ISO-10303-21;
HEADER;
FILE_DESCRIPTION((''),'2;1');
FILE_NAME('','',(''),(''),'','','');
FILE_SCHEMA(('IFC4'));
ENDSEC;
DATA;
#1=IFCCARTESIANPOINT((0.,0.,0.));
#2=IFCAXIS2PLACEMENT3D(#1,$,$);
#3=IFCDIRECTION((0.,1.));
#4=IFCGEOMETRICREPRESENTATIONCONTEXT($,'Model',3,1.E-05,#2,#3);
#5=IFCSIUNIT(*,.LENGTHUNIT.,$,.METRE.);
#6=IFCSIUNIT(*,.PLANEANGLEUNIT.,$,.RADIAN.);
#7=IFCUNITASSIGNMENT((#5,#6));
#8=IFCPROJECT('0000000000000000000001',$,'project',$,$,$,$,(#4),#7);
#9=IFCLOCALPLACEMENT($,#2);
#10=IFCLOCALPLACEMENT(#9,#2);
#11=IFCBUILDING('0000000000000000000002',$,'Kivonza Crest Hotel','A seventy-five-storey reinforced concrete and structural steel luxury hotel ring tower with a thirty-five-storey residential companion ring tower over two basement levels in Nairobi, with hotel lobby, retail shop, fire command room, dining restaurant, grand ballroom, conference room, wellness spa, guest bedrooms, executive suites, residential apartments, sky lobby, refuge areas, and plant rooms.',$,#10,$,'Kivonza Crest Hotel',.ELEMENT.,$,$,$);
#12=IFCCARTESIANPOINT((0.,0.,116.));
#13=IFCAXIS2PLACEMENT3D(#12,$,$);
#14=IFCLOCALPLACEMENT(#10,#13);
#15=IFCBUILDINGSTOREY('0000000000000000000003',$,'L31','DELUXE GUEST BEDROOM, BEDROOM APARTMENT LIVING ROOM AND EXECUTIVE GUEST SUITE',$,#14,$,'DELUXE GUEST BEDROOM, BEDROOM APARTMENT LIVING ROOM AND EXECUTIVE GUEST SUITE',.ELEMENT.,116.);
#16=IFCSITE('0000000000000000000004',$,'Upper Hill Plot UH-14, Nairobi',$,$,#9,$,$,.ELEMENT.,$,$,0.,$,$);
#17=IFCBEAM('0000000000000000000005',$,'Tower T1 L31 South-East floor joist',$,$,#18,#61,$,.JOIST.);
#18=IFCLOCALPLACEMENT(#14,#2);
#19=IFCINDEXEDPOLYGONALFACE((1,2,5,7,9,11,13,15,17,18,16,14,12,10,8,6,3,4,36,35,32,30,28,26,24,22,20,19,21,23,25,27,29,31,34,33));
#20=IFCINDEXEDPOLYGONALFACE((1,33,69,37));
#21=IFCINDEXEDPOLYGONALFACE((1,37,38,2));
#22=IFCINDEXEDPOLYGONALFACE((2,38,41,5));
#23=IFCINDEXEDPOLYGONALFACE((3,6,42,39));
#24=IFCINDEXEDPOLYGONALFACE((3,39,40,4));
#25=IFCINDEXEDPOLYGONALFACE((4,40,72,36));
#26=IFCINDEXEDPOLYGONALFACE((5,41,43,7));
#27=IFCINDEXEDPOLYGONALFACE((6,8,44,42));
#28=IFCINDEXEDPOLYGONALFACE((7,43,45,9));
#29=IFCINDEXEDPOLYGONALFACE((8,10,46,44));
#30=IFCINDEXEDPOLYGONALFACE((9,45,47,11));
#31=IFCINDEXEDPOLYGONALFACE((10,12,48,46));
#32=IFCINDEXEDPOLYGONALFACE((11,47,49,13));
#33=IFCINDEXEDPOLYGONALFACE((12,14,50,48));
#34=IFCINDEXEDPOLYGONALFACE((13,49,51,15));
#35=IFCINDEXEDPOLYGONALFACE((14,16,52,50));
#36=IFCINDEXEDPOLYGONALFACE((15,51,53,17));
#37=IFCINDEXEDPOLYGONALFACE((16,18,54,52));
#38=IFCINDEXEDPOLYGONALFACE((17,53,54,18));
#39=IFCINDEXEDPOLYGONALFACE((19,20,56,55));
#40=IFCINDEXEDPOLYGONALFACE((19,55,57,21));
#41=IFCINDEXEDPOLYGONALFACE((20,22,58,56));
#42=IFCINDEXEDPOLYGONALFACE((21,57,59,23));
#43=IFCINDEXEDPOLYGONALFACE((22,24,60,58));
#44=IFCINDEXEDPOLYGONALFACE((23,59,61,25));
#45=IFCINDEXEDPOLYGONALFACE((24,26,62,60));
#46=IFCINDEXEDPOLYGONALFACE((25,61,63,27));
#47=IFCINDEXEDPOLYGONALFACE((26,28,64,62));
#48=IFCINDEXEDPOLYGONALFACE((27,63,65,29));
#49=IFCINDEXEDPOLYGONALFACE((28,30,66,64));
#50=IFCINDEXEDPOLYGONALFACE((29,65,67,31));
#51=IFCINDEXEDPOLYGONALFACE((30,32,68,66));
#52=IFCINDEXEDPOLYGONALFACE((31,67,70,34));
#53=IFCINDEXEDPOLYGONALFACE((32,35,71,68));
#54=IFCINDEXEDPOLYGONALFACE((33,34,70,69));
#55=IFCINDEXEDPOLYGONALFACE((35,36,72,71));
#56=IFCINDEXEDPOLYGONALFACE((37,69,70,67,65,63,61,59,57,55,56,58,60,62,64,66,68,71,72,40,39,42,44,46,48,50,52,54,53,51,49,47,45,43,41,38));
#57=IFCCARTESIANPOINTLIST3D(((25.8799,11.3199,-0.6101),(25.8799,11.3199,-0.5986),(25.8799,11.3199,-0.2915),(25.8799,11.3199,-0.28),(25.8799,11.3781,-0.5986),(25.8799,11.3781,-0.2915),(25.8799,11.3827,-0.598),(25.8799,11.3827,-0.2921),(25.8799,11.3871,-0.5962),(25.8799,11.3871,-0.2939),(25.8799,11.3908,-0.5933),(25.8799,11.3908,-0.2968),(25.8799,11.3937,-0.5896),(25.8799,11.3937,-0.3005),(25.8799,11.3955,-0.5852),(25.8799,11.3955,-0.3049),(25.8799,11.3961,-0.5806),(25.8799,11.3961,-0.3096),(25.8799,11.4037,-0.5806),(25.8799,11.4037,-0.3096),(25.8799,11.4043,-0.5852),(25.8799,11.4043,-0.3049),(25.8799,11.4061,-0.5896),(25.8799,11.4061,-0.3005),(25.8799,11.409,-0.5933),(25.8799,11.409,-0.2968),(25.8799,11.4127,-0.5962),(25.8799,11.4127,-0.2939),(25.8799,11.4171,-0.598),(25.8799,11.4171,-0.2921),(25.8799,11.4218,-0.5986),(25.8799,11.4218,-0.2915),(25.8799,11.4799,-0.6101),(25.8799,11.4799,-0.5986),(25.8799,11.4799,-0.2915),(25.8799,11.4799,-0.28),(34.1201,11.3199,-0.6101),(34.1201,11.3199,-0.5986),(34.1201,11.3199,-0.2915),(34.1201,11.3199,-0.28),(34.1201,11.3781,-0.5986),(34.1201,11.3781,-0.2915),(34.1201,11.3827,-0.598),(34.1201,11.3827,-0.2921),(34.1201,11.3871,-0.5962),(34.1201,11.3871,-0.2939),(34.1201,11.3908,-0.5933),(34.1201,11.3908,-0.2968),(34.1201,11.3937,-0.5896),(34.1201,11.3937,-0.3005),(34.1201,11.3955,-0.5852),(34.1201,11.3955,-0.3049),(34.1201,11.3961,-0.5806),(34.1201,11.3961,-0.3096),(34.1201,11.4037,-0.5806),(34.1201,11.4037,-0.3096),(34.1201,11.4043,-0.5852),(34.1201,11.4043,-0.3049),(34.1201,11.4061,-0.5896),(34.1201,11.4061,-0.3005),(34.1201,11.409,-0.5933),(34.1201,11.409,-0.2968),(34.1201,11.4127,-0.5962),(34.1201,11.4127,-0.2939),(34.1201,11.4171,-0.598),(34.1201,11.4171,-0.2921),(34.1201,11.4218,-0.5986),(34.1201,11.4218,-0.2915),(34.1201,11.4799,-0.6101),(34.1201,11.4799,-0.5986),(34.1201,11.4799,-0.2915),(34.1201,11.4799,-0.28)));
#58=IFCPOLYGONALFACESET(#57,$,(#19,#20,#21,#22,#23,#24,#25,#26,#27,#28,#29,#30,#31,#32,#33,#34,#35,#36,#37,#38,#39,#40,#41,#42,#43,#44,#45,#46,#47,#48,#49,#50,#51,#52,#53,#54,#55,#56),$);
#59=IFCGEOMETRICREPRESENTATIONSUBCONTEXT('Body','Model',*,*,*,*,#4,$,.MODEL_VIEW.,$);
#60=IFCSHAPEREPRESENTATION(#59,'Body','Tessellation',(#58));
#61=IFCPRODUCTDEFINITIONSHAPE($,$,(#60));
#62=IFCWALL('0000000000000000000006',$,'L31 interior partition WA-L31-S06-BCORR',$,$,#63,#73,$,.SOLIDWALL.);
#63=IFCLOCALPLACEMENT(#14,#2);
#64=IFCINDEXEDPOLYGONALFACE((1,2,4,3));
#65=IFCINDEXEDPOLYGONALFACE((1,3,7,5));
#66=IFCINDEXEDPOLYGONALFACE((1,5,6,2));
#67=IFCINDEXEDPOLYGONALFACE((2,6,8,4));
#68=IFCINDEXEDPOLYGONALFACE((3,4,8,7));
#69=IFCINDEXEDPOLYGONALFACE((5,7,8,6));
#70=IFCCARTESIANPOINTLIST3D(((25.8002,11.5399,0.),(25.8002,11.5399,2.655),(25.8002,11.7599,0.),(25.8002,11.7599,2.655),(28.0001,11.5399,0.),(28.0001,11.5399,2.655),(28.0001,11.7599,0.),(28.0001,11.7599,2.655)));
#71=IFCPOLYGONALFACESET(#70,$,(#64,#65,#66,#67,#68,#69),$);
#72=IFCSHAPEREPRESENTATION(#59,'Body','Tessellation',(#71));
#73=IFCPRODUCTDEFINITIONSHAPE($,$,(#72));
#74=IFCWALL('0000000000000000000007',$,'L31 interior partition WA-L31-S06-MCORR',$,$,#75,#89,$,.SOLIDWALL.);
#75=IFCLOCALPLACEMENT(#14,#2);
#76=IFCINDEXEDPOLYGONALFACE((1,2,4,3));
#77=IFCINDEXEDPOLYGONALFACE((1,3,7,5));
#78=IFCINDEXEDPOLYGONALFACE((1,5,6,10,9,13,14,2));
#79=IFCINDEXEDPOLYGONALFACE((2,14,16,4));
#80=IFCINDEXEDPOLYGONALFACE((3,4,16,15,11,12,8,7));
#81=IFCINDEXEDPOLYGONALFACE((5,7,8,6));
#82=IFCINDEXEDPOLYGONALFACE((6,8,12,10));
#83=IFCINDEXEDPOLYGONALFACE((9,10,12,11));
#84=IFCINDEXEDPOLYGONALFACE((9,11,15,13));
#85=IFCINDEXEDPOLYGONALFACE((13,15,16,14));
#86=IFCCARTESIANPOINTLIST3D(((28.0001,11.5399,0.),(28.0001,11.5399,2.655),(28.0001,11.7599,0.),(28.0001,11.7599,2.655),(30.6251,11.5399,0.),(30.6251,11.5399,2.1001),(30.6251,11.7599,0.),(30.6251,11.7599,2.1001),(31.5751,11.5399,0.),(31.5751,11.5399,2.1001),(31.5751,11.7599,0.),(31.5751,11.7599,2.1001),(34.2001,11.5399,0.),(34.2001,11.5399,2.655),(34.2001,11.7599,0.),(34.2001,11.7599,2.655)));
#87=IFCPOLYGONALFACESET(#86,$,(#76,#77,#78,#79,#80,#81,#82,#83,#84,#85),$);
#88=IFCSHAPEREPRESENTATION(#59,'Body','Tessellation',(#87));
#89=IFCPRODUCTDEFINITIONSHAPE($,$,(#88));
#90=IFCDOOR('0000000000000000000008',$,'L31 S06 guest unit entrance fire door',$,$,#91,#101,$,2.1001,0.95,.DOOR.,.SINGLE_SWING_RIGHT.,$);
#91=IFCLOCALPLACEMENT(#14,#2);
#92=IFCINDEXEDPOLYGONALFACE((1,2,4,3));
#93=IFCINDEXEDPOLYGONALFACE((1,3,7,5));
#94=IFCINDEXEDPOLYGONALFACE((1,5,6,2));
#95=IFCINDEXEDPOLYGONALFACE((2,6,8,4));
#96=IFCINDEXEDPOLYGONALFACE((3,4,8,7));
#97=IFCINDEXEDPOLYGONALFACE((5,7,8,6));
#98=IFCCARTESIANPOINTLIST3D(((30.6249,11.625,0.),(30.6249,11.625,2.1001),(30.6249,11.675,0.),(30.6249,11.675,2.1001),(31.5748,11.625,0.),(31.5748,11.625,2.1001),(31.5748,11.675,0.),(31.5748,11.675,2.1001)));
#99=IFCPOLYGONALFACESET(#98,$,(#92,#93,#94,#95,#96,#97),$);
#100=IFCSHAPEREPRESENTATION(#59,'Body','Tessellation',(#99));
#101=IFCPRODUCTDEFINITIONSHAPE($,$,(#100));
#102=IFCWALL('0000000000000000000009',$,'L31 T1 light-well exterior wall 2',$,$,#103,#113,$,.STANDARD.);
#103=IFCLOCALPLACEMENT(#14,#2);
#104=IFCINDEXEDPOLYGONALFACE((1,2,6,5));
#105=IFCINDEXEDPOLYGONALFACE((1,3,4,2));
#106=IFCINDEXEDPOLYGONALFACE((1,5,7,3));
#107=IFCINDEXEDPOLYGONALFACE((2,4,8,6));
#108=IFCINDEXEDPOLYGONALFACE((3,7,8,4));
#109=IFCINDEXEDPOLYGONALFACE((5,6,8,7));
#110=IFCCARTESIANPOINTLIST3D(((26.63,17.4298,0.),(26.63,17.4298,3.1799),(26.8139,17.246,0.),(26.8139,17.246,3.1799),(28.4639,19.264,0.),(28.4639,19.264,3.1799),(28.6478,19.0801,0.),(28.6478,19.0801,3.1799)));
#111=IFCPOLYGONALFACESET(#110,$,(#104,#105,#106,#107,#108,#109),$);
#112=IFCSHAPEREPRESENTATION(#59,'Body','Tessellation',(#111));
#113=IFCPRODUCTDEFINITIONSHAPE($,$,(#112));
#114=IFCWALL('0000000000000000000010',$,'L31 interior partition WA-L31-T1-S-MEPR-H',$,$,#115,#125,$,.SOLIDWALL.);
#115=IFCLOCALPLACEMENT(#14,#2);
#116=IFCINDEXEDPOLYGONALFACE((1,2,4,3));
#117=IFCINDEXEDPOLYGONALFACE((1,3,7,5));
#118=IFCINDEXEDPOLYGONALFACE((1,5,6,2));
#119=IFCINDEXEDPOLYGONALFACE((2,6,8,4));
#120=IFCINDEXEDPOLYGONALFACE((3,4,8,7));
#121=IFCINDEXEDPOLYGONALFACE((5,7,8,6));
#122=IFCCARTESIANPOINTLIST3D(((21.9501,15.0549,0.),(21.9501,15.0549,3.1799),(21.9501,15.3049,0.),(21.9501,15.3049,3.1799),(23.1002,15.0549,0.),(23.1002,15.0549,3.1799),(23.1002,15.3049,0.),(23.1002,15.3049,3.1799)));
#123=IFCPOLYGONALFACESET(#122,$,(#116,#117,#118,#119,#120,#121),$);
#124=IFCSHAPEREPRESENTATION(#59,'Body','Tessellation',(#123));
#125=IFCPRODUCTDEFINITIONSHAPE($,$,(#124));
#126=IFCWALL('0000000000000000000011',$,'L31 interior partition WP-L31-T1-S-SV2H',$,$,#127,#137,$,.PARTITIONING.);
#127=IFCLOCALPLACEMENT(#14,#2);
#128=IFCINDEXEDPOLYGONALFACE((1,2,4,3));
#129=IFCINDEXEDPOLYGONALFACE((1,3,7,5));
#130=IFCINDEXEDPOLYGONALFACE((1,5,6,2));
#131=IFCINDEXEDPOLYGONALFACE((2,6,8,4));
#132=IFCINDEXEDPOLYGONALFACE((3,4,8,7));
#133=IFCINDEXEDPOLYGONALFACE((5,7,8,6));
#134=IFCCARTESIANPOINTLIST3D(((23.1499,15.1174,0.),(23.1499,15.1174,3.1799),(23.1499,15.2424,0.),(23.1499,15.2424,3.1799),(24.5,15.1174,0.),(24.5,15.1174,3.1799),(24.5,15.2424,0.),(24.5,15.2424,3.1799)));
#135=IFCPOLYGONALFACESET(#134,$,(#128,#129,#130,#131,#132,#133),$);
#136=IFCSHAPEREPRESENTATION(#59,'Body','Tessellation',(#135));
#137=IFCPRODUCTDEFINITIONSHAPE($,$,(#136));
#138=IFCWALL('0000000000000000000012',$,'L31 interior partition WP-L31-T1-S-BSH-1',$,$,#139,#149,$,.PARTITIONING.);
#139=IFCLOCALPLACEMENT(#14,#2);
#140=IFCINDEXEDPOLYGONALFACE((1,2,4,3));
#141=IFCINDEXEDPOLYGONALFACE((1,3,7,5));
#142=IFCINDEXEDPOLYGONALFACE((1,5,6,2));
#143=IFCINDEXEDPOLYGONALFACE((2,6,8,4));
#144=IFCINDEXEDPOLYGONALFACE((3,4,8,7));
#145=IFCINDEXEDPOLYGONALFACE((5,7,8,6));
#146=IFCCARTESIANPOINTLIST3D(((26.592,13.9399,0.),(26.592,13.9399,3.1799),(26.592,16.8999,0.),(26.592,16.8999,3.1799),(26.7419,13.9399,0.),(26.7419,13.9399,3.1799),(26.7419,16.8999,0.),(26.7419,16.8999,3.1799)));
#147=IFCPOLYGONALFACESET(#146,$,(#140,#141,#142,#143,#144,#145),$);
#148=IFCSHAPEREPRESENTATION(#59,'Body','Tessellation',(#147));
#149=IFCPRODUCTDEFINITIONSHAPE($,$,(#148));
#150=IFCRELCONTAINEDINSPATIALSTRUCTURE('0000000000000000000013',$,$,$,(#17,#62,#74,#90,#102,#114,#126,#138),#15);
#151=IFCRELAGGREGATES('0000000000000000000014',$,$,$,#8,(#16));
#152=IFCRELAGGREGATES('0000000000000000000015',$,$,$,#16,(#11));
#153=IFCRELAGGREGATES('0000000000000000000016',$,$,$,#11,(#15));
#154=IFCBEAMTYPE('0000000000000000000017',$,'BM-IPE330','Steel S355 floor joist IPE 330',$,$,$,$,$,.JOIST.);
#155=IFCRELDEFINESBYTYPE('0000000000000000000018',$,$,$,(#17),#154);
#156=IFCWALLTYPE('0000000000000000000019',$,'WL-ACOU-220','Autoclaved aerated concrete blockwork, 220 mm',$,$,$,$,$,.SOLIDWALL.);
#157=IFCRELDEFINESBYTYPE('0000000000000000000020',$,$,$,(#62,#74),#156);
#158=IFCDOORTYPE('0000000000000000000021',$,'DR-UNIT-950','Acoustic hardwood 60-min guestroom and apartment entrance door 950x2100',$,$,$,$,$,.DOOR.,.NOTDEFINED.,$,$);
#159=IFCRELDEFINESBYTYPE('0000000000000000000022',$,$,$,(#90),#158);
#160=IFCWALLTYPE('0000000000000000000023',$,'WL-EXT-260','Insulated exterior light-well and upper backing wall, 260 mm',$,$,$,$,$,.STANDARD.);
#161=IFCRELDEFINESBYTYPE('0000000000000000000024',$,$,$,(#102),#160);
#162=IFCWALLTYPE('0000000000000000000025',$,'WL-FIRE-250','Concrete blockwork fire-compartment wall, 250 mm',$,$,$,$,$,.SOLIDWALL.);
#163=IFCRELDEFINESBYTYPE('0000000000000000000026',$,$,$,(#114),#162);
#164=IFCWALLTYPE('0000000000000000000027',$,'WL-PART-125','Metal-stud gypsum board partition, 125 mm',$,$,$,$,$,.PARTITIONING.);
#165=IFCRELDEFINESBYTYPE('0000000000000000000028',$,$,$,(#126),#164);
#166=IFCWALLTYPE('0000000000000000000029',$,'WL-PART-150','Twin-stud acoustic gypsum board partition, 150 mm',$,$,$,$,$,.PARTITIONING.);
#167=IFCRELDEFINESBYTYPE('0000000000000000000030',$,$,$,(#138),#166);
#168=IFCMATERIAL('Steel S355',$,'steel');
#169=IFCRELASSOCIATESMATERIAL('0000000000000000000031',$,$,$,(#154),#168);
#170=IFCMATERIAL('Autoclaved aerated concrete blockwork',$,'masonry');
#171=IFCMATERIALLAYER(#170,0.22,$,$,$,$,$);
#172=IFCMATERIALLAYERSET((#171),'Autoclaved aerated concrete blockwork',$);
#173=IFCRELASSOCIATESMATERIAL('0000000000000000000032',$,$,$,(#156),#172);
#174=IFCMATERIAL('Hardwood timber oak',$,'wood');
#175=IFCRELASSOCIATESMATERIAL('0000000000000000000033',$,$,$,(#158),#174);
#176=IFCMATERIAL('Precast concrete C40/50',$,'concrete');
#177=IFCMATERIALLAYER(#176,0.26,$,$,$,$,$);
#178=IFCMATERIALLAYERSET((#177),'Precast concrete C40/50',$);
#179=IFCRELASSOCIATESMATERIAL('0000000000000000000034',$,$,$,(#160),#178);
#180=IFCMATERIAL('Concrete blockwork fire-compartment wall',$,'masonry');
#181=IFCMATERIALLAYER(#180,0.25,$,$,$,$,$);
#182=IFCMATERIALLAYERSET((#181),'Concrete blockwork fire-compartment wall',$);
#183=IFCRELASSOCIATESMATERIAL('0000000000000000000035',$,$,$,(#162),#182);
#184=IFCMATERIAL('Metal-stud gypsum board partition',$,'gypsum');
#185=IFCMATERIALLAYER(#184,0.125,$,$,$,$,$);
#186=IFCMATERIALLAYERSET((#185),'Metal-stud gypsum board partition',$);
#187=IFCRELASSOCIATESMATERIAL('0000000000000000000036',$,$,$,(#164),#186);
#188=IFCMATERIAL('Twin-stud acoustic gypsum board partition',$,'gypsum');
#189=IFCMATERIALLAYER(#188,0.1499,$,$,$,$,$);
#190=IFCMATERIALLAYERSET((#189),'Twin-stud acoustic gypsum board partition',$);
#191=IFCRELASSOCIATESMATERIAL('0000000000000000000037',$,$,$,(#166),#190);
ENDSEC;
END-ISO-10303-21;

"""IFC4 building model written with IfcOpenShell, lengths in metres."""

from ifc_helpers import new_model, si_unit, direction, frame, frame_2d, origin, origin_2d, place, context, subcontext, project, spatial, rectangle, i_section, extrude, material, layer, layer_set, material_profile, profile_set, type_object, element, fill, save


model = new_model("IFC4")

# Units and contexts
model_context = context("Model", 3, precision=1e-05, world=origin(), true_north=direction((0.0, 1.0)))
body_context = subcontext(model_context, "Body", "Model", "MODEL_VIEW")
ifc_project = project(units=[si_unit("LENGTHUNIT", "METRE"), si_unit("PLANEANGLEUNIT", "RADIAN")], contexts=[model_context])

# Site, building, storey
site_placement = place(None, origin())
site = spatial("IfcSite", under=ifc_project, at=site_placement, Name="Upper Hill Plot UH-14, Nairobi", CompositionType="ELEMENT", RefElevation=0.0)
building_placement = place(site_placement, origin())
building = spatial("IfcBuilding", under=site, at=building_placement, Name="Kivonza Crest Hotel", Description="A seventy-five-storey reinforced concrete and structural steel luxury hotel ring tower with a thirty-five-storey residential companion ring tower over two basement levels in Nairobi, with hotel lobby, retail shop, fire command room, dining restaurant, grand ballroom, conference room, wellness spa, guest bedrooms, executive suites, residential apartments, sky lobby, refuge areas, and plant rooms.", LongName="Kivonza Crest Hotel", CompositionType="ELEMENT")
storey_placement = place(building_placement, frame((0.0, 0.0, 116.0)))
storey = spatial("IfcBuildingStorey", under=building, at=storey_placement, Name="L31", Description="DELUXE GUEST BEDROOM, BEDROOM APARTMENT LIVING ROOM AND EXECUTIVE GUEST SUITE", LongName="DELUXE GUEST BEDROOM, BEDROOM APARTMENT LIVING ROOM AND EXECUTIVE GUEST SUITE", CompositionType="ELEMENT", Elevation=116.0)

# Beam
ifc_material_1 = material(Name="Steel S355", Category="steel")
ifc_material_profile_1 = material_profile(ifc_material_1, i_section(OverallWidth=0.1599, OverallDepth=0.3301, WebThickness=0.0076, FlangeThickness=0.0115, FilletRadius=0.0181, at=origin_2d()), Name="IPE 330")
ifc_profile_set_1 = profile_set([ifc_material_profile_1], Name="Steel S355")
beam_type_1 = type_object("IfcBeamType", Name="BM-IPE330", Description="Steel S355 floor joist IPE 330", PredefinedType="JOIST", material=ifc_profile_set_1)
beam_1_placement = place(storey_placement, frame((25.8799, 11.3999, -0.4451), z_axis=(1.0, 0.0, 0.0), x_axis=(0.0, 1.0, 0.0)))
element("IfcBeam", 1, at=beam_1_placement, inside=storey, type_object=beam_type_1, Name="Tower T1 L31 South-East floor joist", PredefinedType="JOIST", context=body_context, shape_type="SweptSolid", body=[
    extrude(i_section(OverallWidth=0.1599, OverallDepth=0.3301, WebThickness=0.0076, FlangeThickness=0.0115, FilletRadius=0.0181, at=origin_2d()), origin(), (0.0, 0.0, 1.0), 8.2402),
])

# Wall
ifc_material_2 = material(Name="Autoclaved aerated concrete blockwork", Category="masonry")
ifc_layer_1 = layer(ifc_material_2, 0.22)
ifc_layer_set_1 = layer_set([ifc_layer_1], Name="Autoclaved aerated concrete blockwork")
wall_type_1 = type_object("IfcWallType", Name="WL-ACOU-220", Description="Autoclaved aerated concrete blockwork, 220 mm", PredefinedType="SOLIDWALL", material=ifc_layer_set_1)
wall_1_placement = place(storey_placement, frame((25.8, 11.6499, 0.0), z_axis=(0.0, 0.0, 1.0), x_axis=(1.0, 0.0, 0.0)))
element("IfcWall", 2, at=wall_1_placement, inside=storey, type_object=wall_type_1, Name="L31 interior partition WA-L31-S06-BCORR", PredefinedType="SOLIDWALL", context=body_context, shape_type="SweptSolid", body=[
    extrude(rectangle(XDim=2.2, YDim=0.22, at=frame_2d((1.1001, 0.0))), origin(), (0.0, 0.0, 1.0), 2.655),
])

# Wall, opening, door
wall_2_placement = place(storey_placement, frame((28.0, 11.6499, 0.0), z_axis=(0.0, 0.0, 1.0), x_axis=(1.0, 0.0, 0.0)))
wall_2 = element("IfcWall", 3, at=wall_2_placement, inside=storey, type_object=wall_type_1, Name="L31 interior partition WA-L31-S06-MCORR", PredefinedType="SOLIDWALL", context=body_context, shape_type="SweptSolid", body=[
    extrude(rectangle(XDim=6.2, YDim=0.22, at=frame_2d((3.1001, 0.0))), origin(), (0.0, 0.0, 1.0), 2.655),
])
opening_1_placement = place(wall_2_placement, frame((2.625, 0.0, 0.0)))
opening_1 = element("IfcOpeningElement", 4, at=opening_1_placement, cuts=wall_2, PredefinedType="OPENING", context=body_context, shape_type="SweptSolid", body=[
    extrude(rectangle(XDim=0.95, YDim=2.1001, at=frame_2d((0.4751, 1.05))), frame((0.0, 0.1201, 0.0), z_axis=(0.0, -1.0, 0.0), x_axis=(1.0, 0.0, 0.0)), (0.0, 0.0, 1.0), 0.24),
])
ifc_material_3 = material(Name="Hardwood timber oak", Category="wood")
door_type_1 = type_object("IfcDoorType", Name="DR-UNIT-950", Description="Acoustic hardwood 60-min guestroom and apartment entrance door 950x2100", OperationType="NOTDEFINED", PredefinedType="DOOR", material=ifc_material_3)
door_1_placement = place(opening_1_placement, frame((0.95, 0.0, 0.0), z_axis=(0.0, 0.0, 1.0), x_axis=(-1.0, 0.0, 0.0)))
door_1 = element("IfcDoor", 5, at=door_1_placement, inside=storey, type_object=door_type_1, Name="L31 S06 guest unit entrance fire door", OperationType="SINGLE_SWING_RIGHT", OverallHeight=2.1001, OverallWidth=0.95, PredefinedType="DOOR", context=body_context, shape_type="SweptSolid", body=[
    extrude(rectangle(XDim=0.95, YDim=2.1001, at=frame_2d((0.4751, 1.05))), frame((0.0, 0.0249, 0.0), z_axis=(0.0, -1.0, 0.0), x_axis=(1.0, 0.0, 0.0)), (0.0, 0.0, 1.0), 0.05),
])
fill(opening_1, door_1)

# Walls
ifc_material_4 = material(Name="Precast concrete C40/50", Category="concrete")
ifc_layer_2 = layer(ifc_material_4, 0.26)
ifc_layer_set_2 = layer_set([ifc_layer_2], Name="Precast concrete C40/50")
wall_type_2 = type_object("IfcWallType", Name="WL-EXT-260", Description="Insulated exterior light-well and upper backing wall, 260 mm", PredefinedType="STANDARD", material=ifc_layer_set_2)
wall_3_placement = place(storey_placement, frame((26.7219, 17.3379, 0.0), z_axis=(0.0, 0.0, 1.0), x_axis=(0.70706, 0.707154, 0.0)))
element("IfcWall", 6, at=wall_3_placement, inside=storey, type_object=wall_type_2, Name="L31 T1 light-well exterior wall 2", PredefinedType="STANDARD", context=body_context, shape_type="SweptSolid", body=[
    extrude(rectangle(XDim=2.5938, YDim=0.26, at=frame_2d((1.2969, 0.0))), origin(), (0.0, 0.0, 1.0), 3.1799),
])
ifc_material_5 = material(Name="Concrete blockwork fire-compartment wall", Category="masonry")
ifc_layer_3 = layer(ifc_material_5, 0.25)
ifc_layer_set_3 = layer_set([ifc_layer_3], Name="Concrete blockwork fire-compartment wall")
wall_type_3 = type_object("IfcWallType", Name="WL-FIRE-250", Description="Concrete blockwork fire-compartment wall, 250 mm", PredefinedType="SOLIDWALL", material=ifc_layer_set_3)
wall_4_placement = place(storey_placement, frame((21.95, 15.1799, 0.0), z_axis=(0.0, 0.0, 1.0), x_axis=(1.0, 0.0, 0.0)))
element("IfcWall", 7, at=wall_4_placement, inside=storey, type_object=wall_type_3, Name="L31 interior partition WA-L31-T1-S-MEPR-H", PredefinedType="SOLIDWALL", context=body_context, shape_type="SweptSolid", body=[
    extrude(rectangle(XDim=1.1501, YDim=0.25, at=frame_2d((0.5752, 0.0))), origin(), (0.0, 0.0, 1.0), 3.1799),
])
ifc_material_6 = material(Name="Metal-stud gypsum board partition", Category="gypsum")
ifc_layer_4 = layer(ifc_material_6, 0.125)
ifc_layer_set_4 = layer_set([ifc_layer_4], Name="Metal-stud gypsum board partition")
wall_type_4 = type_object("IfcWallType", Name="WL-PART-125", Description="Metal-stud gypsum board partition, 125 mm", PredefinedType="PARTITIONING", material=ifc_layer_set_4)
wall_5_placement = place(storey_placement, frame((23.1499, 15.1799, 0.0), z_axis=(0.0, 0.0, 1.0), x_axis=(1.0, 0.0, 0.0)))
element("IfcWall", 8, at=wall_5_placement, inside=storey, type_object=wall_type_4, Name="L31 interior partition WP-L31-T1-S-SV2H", PredefinedType="PARTITIONING", context=body_context, shape_type="SweptSolid", body=[
    extrude(rectangle(XDim=1.3501, YDim=0.125, at=frame_2d((0.675, 0.0))), origin(), (0.0, 0.0, 1.0), 3.1799),
])
ifc_material_7 = material(Name="Twin-stud acoustic gypsum board partition", Category="gypsum")
ifc_layer_5 = layer(ifc_material_7, 0.1499)
ifc_layer_set_5 = layer_set([ifc_layer_5], Name="Twin-stud acoustic gypsum board partition")
wall_type_5 = type_object("IfcWallType", Name="WL-PART-150", Description="Twin-stud acoustic gypsum board partition, 150 mm", PredefinedType="PARTITIONING", material=ifc_layer_set_5)
wall_6_placement = place(storey_placement, frame((26.667, 13.9399, 0.0), z_axis=(0.0, 0.0, 1.0), x_axis=(0.0, 1.0, 0.0)))
element("IfcWall", 9, at=wall_6_placement, inside=storey, type_object=wall_type_5, Name="L31 interior partition WP-L31-T1-S-BSH-1", PredefinedType="PARTITIONING", context=body_context, shape_type="SweptSolid", body=[
    extrude(rectangle(XDim=2.96, YDim=0.1499, at=frame_2d((1.48, 0.0))), origin(), (0.0, 0.0, 1.0), 3.1799),
])

save(model, "model.ifc")
